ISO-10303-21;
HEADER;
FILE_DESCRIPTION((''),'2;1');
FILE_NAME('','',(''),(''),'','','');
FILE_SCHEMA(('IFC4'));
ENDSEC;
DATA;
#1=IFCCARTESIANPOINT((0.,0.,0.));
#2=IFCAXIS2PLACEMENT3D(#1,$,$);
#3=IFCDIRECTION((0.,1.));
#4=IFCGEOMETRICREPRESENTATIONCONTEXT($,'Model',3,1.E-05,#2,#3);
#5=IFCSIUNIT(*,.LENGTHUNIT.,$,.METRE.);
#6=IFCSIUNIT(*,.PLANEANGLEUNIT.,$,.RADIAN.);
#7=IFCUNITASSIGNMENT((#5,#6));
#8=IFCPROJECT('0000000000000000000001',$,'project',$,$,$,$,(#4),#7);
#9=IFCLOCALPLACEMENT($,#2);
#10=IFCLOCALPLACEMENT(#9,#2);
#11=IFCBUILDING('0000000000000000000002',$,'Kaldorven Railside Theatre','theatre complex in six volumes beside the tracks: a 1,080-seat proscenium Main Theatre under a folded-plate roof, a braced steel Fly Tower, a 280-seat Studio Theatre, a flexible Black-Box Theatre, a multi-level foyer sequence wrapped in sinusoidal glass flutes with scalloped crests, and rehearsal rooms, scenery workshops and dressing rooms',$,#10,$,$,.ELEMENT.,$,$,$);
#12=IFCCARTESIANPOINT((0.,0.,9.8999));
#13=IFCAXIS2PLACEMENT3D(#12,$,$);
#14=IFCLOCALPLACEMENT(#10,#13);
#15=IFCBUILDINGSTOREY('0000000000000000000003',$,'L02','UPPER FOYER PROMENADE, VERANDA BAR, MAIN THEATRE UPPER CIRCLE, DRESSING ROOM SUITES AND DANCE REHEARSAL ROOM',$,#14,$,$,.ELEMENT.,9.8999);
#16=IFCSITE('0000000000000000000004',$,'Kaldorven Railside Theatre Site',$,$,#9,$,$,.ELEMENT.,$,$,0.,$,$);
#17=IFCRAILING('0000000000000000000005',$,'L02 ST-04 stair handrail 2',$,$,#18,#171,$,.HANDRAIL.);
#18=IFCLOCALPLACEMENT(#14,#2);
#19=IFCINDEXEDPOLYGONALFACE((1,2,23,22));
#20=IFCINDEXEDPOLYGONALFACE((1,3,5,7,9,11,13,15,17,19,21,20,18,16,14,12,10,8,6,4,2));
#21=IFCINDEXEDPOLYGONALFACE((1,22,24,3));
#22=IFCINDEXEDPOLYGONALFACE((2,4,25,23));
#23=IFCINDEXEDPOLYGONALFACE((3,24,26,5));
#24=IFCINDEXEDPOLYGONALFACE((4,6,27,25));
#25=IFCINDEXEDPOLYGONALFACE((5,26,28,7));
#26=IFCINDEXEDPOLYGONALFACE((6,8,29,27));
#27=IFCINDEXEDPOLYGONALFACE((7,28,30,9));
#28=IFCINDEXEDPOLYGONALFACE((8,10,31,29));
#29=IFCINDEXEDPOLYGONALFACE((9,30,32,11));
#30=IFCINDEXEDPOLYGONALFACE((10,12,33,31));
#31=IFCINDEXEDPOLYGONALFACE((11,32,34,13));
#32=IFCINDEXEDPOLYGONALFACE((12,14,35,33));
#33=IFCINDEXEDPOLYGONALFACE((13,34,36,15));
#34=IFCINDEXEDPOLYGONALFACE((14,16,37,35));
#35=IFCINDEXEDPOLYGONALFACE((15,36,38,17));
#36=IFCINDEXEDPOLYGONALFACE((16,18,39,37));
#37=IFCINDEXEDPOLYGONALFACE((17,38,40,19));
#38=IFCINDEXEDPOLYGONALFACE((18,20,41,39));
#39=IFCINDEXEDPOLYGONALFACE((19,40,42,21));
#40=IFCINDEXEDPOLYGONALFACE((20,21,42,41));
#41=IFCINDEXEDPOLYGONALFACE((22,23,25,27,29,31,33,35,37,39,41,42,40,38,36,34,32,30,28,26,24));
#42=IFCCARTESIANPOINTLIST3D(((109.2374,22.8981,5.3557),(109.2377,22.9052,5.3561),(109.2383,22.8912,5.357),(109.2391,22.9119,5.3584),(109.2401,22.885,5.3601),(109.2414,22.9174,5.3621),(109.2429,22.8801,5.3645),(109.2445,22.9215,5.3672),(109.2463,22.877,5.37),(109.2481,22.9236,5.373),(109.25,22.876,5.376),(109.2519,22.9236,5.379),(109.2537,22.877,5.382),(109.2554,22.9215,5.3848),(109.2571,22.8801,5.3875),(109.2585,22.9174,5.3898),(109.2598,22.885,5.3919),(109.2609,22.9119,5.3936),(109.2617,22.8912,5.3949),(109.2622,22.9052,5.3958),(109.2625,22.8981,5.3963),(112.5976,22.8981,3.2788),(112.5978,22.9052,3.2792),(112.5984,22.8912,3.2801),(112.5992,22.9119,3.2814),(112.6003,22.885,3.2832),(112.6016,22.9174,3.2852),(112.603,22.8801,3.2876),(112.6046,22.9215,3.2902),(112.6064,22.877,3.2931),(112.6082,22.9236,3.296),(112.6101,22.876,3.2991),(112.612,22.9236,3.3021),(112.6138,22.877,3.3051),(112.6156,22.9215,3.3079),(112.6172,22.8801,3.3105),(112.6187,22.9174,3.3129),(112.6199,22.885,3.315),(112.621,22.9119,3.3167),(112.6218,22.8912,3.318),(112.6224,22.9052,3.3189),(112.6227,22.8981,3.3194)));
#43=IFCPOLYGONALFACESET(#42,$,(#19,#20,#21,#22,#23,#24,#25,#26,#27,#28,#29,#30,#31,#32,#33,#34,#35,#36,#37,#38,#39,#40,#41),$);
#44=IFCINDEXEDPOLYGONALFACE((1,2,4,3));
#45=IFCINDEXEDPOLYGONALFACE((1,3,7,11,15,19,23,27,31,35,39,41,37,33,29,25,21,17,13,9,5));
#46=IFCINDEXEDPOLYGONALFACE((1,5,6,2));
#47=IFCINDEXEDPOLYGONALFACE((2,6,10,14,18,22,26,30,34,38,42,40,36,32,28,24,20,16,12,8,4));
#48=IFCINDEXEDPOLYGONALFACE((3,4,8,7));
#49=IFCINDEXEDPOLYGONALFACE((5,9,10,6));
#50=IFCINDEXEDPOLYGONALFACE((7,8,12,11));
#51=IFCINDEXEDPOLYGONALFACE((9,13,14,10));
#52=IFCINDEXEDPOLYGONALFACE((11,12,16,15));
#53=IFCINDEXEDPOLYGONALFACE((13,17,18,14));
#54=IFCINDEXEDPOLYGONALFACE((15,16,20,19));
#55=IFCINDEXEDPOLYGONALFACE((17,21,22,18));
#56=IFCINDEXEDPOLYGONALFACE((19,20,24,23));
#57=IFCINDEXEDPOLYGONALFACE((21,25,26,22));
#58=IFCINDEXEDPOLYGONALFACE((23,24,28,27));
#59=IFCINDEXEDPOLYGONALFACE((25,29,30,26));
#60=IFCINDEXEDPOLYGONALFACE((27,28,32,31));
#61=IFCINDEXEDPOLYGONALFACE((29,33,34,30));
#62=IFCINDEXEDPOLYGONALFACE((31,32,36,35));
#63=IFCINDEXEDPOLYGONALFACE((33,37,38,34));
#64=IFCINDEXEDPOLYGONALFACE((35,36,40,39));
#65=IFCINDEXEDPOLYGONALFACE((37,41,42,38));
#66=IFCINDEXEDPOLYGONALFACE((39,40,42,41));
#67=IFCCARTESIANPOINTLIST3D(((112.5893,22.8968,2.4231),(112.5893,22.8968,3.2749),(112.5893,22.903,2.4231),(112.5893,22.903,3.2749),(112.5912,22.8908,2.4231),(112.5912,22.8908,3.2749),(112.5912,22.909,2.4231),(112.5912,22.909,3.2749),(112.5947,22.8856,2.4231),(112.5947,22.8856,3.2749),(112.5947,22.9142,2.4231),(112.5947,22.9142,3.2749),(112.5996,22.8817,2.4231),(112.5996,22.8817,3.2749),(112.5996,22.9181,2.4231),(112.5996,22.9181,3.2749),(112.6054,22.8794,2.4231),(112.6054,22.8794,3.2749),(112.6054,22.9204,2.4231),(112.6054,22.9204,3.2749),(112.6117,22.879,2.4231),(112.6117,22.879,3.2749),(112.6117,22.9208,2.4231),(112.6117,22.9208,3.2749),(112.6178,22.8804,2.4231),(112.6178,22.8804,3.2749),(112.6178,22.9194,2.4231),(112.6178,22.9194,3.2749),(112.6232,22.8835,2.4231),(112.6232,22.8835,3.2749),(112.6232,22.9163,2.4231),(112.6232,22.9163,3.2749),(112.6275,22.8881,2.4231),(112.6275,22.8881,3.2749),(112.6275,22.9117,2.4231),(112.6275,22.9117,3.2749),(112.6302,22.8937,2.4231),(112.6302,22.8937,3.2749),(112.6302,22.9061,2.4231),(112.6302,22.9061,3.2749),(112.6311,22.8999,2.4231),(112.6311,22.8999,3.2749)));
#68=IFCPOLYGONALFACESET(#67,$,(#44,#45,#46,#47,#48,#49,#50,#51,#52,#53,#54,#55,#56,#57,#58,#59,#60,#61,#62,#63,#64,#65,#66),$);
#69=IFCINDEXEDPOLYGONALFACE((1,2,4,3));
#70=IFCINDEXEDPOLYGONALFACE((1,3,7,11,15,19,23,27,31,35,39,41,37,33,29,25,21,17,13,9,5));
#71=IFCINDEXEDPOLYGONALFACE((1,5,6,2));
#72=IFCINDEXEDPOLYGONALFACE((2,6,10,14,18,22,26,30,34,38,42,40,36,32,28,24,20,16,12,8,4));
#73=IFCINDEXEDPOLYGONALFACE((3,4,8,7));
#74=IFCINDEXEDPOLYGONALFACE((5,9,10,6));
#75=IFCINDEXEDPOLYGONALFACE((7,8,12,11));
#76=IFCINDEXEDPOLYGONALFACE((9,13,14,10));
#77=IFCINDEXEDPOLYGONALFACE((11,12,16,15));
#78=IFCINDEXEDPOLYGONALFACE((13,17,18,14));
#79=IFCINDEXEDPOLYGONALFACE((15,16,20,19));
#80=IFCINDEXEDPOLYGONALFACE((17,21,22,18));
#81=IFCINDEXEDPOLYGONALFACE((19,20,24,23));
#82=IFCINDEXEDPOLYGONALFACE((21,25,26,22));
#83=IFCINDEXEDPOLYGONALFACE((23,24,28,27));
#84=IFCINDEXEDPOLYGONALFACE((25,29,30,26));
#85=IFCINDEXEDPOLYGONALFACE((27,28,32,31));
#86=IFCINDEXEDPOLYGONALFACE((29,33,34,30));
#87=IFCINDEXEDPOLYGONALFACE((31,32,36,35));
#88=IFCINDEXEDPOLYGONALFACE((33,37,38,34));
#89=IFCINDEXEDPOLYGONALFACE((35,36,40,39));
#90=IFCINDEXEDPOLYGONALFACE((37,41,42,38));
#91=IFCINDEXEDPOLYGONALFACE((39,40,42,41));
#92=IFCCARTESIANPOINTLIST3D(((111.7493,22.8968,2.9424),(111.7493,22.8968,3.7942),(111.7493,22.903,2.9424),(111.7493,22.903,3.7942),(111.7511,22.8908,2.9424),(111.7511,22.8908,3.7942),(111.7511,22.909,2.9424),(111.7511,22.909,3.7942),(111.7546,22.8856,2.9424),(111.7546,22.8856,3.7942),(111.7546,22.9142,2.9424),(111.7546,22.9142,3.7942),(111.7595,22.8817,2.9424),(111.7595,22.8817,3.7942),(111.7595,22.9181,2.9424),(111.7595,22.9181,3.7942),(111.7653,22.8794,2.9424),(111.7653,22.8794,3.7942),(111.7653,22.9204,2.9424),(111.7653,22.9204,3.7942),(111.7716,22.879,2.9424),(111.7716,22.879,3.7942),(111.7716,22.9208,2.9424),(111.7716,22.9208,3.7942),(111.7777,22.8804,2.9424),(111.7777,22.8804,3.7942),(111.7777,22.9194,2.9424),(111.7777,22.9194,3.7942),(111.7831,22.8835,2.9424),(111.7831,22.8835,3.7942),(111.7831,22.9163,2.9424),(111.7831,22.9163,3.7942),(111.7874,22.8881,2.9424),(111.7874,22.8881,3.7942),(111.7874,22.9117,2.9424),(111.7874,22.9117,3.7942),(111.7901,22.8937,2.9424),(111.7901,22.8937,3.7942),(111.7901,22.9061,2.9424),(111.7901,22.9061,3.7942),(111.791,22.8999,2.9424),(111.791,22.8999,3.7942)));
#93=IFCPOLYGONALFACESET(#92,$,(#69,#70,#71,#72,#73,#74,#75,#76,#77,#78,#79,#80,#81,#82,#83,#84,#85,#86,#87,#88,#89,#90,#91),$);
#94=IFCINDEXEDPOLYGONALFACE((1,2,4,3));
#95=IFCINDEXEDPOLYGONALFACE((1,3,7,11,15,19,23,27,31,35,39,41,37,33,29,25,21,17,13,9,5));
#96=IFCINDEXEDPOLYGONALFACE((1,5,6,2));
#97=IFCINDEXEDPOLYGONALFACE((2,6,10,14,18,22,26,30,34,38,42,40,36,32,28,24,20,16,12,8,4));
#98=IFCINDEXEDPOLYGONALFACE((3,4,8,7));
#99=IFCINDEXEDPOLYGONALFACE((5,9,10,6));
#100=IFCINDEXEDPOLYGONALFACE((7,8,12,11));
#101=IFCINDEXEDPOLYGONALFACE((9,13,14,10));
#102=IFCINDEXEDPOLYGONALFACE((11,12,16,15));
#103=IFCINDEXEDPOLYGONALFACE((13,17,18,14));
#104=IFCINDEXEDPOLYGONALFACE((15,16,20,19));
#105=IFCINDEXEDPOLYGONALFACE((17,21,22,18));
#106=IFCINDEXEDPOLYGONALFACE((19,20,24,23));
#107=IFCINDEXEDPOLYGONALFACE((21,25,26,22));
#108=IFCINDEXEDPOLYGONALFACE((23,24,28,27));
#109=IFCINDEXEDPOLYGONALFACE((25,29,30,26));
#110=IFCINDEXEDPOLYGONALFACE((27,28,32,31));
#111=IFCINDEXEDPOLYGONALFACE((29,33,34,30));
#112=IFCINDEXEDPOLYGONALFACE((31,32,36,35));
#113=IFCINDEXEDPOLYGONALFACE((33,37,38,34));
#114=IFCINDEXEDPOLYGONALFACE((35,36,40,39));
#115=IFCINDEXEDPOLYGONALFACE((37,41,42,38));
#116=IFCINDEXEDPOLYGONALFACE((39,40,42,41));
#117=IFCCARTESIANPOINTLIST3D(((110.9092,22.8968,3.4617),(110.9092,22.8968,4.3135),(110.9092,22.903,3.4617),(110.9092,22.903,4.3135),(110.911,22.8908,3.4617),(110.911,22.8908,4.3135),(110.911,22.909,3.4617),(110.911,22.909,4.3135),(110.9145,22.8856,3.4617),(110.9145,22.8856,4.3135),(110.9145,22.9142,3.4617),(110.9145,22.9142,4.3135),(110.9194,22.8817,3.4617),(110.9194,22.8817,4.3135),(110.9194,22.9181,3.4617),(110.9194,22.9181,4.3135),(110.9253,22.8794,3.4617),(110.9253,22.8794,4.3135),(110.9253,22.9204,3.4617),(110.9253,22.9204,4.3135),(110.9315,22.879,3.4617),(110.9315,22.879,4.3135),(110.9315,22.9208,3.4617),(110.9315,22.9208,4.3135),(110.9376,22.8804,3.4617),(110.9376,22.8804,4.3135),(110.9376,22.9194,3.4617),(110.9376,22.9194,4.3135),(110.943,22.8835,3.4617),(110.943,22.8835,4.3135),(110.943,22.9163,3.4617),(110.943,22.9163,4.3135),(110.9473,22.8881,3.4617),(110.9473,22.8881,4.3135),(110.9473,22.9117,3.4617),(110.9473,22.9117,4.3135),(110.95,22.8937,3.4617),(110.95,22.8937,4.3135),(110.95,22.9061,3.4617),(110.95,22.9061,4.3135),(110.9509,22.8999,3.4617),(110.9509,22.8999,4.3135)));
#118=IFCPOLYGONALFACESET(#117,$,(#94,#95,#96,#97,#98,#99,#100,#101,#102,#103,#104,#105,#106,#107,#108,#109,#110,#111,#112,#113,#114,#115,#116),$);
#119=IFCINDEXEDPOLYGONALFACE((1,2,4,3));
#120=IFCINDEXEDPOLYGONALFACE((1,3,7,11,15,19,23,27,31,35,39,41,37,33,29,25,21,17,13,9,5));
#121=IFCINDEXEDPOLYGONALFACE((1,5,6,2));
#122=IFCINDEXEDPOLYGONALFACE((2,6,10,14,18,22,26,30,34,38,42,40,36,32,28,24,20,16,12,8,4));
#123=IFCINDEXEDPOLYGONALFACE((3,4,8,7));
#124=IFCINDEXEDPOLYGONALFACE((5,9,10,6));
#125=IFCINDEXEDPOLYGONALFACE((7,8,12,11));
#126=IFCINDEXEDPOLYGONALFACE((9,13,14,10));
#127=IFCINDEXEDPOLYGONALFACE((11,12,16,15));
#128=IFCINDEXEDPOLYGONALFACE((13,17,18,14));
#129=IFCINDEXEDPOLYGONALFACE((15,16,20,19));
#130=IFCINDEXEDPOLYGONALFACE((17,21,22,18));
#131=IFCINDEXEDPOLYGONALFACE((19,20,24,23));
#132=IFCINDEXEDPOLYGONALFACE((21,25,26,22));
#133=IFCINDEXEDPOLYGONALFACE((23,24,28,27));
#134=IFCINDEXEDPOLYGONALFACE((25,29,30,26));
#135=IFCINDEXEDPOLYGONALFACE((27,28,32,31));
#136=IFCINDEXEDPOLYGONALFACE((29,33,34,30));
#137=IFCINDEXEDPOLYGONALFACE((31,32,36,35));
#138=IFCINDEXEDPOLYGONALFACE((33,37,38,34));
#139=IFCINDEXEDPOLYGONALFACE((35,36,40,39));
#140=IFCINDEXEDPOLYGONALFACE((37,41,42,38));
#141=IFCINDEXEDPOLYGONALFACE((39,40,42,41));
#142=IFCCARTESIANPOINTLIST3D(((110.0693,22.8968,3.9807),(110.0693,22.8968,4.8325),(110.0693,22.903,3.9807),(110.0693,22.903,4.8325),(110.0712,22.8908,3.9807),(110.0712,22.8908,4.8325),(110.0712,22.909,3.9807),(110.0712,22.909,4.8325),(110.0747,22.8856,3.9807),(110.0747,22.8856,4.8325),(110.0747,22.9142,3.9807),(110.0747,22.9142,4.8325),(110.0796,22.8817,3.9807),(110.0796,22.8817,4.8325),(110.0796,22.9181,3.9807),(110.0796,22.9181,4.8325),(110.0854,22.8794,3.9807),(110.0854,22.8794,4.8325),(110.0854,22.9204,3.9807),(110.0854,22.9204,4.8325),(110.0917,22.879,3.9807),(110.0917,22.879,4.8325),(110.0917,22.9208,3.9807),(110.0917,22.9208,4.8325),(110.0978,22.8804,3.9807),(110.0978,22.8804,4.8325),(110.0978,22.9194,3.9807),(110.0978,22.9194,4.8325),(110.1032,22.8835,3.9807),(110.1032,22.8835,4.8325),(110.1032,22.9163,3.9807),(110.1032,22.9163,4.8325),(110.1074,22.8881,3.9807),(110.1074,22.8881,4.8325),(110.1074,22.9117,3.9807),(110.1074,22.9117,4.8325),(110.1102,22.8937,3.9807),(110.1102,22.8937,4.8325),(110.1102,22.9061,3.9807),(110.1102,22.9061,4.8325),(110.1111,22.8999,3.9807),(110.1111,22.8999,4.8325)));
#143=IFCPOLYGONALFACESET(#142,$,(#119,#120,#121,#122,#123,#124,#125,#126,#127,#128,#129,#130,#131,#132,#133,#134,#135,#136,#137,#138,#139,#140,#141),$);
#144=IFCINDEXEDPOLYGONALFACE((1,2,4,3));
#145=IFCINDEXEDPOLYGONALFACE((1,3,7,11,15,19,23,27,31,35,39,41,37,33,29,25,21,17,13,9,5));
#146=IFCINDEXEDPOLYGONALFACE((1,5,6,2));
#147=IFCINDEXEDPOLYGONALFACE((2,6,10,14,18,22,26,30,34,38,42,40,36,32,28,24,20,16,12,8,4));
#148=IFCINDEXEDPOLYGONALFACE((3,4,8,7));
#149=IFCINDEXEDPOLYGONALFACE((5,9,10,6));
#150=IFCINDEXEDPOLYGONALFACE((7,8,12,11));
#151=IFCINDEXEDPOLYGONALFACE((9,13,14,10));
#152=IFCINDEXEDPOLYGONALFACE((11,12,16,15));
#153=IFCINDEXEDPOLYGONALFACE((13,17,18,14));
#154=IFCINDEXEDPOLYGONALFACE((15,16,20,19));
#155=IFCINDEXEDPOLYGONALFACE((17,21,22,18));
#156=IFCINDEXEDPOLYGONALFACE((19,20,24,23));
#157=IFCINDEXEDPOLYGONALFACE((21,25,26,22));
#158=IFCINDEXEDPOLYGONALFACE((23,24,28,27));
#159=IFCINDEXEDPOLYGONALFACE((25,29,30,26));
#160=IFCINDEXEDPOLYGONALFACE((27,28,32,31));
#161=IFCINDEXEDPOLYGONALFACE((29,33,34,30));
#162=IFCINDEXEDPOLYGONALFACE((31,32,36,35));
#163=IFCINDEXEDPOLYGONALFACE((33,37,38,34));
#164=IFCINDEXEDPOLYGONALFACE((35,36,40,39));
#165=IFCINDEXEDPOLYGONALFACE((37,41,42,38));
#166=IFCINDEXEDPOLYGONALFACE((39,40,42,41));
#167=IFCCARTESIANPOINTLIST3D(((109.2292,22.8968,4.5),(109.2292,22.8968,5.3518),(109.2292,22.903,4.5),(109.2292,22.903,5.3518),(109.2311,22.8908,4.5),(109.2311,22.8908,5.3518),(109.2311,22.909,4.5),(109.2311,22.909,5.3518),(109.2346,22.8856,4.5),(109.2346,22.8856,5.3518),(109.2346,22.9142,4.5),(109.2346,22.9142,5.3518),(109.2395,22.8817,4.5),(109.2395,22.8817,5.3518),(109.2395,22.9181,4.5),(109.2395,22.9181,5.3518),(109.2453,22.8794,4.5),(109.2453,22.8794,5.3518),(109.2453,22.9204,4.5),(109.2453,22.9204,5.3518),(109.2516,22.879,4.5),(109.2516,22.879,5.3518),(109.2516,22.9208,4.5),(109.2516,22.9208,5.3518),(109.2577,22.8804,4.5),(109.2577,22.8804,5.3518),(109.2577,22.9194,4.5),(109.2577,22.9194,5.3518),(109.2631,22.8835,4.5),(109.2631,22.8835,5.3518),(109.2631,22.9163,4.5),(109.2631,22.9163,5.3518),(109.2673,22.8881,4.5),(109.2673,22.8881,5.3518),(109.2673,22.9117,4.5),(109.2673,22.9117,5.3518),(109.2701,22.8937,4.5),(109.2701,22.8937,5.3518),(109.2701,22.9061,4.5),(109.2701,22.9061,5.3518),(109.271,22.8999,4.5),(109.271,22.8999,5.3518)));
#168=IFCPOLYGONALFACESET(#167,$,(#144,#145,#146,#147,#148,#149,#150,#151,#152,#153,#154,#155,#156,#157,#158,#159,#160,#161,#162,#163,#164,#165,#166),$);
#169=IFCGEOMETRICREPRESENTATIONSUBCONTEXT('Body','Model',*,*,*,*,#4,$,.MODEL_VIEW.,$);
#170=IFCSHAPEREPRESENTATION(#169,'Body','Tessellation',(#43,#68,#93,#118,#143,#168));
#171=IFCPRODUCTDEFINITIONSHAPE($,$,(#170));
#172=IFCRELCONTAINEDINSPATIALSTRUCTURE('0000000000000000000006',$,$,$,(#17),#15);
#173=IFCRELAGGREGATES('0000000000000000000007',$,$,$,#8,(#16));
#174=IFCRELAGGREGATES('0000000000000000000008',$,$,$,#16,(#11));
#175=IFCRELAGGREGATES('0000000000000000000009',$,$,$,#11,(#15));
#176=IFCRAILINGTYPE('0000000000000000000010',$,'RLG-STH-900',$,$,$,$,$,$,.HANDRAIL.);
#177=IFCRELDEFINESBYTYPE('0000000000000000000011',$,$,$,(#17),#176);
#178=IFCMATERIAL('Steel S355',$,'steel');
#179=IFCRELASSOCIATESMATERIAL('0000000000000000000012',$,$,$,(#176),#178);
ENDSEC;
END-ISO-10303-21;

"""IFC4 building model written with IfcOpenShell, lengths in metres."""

from ifc_helpers import new_model, si_unit, direction, frame, origin, origin_2d, place, context, subcontext, project, spatial, circle, extrude, material, type_object, element, save


model = new_model("IFC4")

# Units and contexts
model_context = context("Model", 3, precision=1e-05, world=origin(), true_north=direction((0.0, 1.0)))
body_context = subcontext(model_context, "Body", "Model", "MODEL_VIEW")
ifc_project = project(units=[si_unit("LENGTHUNIT", "METRE"), si_unit("PLANEANGLEUNIT", "RADIAN")], contexts=[model_context])

# Site, building, storey
site_placement = place(None, origin())
site = spatial("IfcSite", under=ifc_project, at=site_placement, Name="Kaldorven Railside Theatre Site", CompositionType="ELEMENT", RefElevation=0.0)
building_placement = place(site_placement, origin())
building = spatial("IfcBuilding", under=site, at=building_placement, Name="Kaldorven Railside Theatre", Description="theatre complex in six volumes beside the tracks: a 1,080-seat proscenium Main Theatre under a folded-plate roof, a braced steel Fly Tower, a 280-seat Studio Theatre, a flexible Black-Box Theatre, a multi-level foyer sequence wrapped in sinusoidal glass flutes with scalloped crests, and rehearsal rooms, scenery workshops and dressing rooms", CompositionType="ELEMENT")
storey_placement = place(building_placement, frame((0.0, 0.0, 9.8999)))
storey = spatial("IfcBuildingStorey", under=building, at=storey_placement, Name="L02", Description="UPPER FOYER PROMENADE, VERANDA BAR, MAIN THEATRE UPPER CIRCLE, DRESSING ROOM SUITES AND DANCE REHEARSAL ROOM", CompositionType="ELEMENT", Elevation=9.8999)

# Shared definitions
ifc_material_1 = material(Name="Steel S355", Category="steel")

# Railing
railing_type_1 = type_object("IfcRailingType", Name="RLG-STH-900", PredefinedType="HANDRAIL", material=ifc_material_1)
railing_1_placement = place(storey_placement, frame((112.6101, 22.8999, 2.4231)))
element("IfcRailing", 1, at=railing_1_placement, inside=storey, type_object=railing_type_1, Name="L02 ST-04 stair handrail 2", PredefinedType="HANDRAIL", context=body_context, shape_type="SweptSolid", body=[
    extrude(circle(Radius=0.0239, at=origin_2d()), frame((0.0, 0.0, 0.876), z_axis=(-0.850623, 0.0, 0.525776), x_axis=(0.0, -1.0, 0.0)), (0.0, 0.0, 1.0), 3.9502),
    extrude(circle(Radius=0.021, at=origin_2d()), origin(), (0.0, 0.0, 1.0), 0.8518),
    extrude(circle(Radius=0.021, at=origin_2d()), frame((-0.8401, 0.0, 0.5193)), (0.0, 0.0, 1.0), 0.8518),
    extrude(circle(Radius=0.021, at=origin_2d()), frame((-1.6802, 0.0, 1.0386)), (0.0, 0.0, 1.0), 0.8518),
    extrude(circle(Radius=0.021, at=origin_2d()), frame((-2.52, 0.0, 1.5576)), (0.0, 0.0, 1.0), 0.8518),
    extrude(circle(Radius=0.021, at=origin_2d()), frame((-3.3601, 0.0, 2.0769)), (0.0, 0.0, 1.0), 0.8518),
])

save(model, "model.ifc")
